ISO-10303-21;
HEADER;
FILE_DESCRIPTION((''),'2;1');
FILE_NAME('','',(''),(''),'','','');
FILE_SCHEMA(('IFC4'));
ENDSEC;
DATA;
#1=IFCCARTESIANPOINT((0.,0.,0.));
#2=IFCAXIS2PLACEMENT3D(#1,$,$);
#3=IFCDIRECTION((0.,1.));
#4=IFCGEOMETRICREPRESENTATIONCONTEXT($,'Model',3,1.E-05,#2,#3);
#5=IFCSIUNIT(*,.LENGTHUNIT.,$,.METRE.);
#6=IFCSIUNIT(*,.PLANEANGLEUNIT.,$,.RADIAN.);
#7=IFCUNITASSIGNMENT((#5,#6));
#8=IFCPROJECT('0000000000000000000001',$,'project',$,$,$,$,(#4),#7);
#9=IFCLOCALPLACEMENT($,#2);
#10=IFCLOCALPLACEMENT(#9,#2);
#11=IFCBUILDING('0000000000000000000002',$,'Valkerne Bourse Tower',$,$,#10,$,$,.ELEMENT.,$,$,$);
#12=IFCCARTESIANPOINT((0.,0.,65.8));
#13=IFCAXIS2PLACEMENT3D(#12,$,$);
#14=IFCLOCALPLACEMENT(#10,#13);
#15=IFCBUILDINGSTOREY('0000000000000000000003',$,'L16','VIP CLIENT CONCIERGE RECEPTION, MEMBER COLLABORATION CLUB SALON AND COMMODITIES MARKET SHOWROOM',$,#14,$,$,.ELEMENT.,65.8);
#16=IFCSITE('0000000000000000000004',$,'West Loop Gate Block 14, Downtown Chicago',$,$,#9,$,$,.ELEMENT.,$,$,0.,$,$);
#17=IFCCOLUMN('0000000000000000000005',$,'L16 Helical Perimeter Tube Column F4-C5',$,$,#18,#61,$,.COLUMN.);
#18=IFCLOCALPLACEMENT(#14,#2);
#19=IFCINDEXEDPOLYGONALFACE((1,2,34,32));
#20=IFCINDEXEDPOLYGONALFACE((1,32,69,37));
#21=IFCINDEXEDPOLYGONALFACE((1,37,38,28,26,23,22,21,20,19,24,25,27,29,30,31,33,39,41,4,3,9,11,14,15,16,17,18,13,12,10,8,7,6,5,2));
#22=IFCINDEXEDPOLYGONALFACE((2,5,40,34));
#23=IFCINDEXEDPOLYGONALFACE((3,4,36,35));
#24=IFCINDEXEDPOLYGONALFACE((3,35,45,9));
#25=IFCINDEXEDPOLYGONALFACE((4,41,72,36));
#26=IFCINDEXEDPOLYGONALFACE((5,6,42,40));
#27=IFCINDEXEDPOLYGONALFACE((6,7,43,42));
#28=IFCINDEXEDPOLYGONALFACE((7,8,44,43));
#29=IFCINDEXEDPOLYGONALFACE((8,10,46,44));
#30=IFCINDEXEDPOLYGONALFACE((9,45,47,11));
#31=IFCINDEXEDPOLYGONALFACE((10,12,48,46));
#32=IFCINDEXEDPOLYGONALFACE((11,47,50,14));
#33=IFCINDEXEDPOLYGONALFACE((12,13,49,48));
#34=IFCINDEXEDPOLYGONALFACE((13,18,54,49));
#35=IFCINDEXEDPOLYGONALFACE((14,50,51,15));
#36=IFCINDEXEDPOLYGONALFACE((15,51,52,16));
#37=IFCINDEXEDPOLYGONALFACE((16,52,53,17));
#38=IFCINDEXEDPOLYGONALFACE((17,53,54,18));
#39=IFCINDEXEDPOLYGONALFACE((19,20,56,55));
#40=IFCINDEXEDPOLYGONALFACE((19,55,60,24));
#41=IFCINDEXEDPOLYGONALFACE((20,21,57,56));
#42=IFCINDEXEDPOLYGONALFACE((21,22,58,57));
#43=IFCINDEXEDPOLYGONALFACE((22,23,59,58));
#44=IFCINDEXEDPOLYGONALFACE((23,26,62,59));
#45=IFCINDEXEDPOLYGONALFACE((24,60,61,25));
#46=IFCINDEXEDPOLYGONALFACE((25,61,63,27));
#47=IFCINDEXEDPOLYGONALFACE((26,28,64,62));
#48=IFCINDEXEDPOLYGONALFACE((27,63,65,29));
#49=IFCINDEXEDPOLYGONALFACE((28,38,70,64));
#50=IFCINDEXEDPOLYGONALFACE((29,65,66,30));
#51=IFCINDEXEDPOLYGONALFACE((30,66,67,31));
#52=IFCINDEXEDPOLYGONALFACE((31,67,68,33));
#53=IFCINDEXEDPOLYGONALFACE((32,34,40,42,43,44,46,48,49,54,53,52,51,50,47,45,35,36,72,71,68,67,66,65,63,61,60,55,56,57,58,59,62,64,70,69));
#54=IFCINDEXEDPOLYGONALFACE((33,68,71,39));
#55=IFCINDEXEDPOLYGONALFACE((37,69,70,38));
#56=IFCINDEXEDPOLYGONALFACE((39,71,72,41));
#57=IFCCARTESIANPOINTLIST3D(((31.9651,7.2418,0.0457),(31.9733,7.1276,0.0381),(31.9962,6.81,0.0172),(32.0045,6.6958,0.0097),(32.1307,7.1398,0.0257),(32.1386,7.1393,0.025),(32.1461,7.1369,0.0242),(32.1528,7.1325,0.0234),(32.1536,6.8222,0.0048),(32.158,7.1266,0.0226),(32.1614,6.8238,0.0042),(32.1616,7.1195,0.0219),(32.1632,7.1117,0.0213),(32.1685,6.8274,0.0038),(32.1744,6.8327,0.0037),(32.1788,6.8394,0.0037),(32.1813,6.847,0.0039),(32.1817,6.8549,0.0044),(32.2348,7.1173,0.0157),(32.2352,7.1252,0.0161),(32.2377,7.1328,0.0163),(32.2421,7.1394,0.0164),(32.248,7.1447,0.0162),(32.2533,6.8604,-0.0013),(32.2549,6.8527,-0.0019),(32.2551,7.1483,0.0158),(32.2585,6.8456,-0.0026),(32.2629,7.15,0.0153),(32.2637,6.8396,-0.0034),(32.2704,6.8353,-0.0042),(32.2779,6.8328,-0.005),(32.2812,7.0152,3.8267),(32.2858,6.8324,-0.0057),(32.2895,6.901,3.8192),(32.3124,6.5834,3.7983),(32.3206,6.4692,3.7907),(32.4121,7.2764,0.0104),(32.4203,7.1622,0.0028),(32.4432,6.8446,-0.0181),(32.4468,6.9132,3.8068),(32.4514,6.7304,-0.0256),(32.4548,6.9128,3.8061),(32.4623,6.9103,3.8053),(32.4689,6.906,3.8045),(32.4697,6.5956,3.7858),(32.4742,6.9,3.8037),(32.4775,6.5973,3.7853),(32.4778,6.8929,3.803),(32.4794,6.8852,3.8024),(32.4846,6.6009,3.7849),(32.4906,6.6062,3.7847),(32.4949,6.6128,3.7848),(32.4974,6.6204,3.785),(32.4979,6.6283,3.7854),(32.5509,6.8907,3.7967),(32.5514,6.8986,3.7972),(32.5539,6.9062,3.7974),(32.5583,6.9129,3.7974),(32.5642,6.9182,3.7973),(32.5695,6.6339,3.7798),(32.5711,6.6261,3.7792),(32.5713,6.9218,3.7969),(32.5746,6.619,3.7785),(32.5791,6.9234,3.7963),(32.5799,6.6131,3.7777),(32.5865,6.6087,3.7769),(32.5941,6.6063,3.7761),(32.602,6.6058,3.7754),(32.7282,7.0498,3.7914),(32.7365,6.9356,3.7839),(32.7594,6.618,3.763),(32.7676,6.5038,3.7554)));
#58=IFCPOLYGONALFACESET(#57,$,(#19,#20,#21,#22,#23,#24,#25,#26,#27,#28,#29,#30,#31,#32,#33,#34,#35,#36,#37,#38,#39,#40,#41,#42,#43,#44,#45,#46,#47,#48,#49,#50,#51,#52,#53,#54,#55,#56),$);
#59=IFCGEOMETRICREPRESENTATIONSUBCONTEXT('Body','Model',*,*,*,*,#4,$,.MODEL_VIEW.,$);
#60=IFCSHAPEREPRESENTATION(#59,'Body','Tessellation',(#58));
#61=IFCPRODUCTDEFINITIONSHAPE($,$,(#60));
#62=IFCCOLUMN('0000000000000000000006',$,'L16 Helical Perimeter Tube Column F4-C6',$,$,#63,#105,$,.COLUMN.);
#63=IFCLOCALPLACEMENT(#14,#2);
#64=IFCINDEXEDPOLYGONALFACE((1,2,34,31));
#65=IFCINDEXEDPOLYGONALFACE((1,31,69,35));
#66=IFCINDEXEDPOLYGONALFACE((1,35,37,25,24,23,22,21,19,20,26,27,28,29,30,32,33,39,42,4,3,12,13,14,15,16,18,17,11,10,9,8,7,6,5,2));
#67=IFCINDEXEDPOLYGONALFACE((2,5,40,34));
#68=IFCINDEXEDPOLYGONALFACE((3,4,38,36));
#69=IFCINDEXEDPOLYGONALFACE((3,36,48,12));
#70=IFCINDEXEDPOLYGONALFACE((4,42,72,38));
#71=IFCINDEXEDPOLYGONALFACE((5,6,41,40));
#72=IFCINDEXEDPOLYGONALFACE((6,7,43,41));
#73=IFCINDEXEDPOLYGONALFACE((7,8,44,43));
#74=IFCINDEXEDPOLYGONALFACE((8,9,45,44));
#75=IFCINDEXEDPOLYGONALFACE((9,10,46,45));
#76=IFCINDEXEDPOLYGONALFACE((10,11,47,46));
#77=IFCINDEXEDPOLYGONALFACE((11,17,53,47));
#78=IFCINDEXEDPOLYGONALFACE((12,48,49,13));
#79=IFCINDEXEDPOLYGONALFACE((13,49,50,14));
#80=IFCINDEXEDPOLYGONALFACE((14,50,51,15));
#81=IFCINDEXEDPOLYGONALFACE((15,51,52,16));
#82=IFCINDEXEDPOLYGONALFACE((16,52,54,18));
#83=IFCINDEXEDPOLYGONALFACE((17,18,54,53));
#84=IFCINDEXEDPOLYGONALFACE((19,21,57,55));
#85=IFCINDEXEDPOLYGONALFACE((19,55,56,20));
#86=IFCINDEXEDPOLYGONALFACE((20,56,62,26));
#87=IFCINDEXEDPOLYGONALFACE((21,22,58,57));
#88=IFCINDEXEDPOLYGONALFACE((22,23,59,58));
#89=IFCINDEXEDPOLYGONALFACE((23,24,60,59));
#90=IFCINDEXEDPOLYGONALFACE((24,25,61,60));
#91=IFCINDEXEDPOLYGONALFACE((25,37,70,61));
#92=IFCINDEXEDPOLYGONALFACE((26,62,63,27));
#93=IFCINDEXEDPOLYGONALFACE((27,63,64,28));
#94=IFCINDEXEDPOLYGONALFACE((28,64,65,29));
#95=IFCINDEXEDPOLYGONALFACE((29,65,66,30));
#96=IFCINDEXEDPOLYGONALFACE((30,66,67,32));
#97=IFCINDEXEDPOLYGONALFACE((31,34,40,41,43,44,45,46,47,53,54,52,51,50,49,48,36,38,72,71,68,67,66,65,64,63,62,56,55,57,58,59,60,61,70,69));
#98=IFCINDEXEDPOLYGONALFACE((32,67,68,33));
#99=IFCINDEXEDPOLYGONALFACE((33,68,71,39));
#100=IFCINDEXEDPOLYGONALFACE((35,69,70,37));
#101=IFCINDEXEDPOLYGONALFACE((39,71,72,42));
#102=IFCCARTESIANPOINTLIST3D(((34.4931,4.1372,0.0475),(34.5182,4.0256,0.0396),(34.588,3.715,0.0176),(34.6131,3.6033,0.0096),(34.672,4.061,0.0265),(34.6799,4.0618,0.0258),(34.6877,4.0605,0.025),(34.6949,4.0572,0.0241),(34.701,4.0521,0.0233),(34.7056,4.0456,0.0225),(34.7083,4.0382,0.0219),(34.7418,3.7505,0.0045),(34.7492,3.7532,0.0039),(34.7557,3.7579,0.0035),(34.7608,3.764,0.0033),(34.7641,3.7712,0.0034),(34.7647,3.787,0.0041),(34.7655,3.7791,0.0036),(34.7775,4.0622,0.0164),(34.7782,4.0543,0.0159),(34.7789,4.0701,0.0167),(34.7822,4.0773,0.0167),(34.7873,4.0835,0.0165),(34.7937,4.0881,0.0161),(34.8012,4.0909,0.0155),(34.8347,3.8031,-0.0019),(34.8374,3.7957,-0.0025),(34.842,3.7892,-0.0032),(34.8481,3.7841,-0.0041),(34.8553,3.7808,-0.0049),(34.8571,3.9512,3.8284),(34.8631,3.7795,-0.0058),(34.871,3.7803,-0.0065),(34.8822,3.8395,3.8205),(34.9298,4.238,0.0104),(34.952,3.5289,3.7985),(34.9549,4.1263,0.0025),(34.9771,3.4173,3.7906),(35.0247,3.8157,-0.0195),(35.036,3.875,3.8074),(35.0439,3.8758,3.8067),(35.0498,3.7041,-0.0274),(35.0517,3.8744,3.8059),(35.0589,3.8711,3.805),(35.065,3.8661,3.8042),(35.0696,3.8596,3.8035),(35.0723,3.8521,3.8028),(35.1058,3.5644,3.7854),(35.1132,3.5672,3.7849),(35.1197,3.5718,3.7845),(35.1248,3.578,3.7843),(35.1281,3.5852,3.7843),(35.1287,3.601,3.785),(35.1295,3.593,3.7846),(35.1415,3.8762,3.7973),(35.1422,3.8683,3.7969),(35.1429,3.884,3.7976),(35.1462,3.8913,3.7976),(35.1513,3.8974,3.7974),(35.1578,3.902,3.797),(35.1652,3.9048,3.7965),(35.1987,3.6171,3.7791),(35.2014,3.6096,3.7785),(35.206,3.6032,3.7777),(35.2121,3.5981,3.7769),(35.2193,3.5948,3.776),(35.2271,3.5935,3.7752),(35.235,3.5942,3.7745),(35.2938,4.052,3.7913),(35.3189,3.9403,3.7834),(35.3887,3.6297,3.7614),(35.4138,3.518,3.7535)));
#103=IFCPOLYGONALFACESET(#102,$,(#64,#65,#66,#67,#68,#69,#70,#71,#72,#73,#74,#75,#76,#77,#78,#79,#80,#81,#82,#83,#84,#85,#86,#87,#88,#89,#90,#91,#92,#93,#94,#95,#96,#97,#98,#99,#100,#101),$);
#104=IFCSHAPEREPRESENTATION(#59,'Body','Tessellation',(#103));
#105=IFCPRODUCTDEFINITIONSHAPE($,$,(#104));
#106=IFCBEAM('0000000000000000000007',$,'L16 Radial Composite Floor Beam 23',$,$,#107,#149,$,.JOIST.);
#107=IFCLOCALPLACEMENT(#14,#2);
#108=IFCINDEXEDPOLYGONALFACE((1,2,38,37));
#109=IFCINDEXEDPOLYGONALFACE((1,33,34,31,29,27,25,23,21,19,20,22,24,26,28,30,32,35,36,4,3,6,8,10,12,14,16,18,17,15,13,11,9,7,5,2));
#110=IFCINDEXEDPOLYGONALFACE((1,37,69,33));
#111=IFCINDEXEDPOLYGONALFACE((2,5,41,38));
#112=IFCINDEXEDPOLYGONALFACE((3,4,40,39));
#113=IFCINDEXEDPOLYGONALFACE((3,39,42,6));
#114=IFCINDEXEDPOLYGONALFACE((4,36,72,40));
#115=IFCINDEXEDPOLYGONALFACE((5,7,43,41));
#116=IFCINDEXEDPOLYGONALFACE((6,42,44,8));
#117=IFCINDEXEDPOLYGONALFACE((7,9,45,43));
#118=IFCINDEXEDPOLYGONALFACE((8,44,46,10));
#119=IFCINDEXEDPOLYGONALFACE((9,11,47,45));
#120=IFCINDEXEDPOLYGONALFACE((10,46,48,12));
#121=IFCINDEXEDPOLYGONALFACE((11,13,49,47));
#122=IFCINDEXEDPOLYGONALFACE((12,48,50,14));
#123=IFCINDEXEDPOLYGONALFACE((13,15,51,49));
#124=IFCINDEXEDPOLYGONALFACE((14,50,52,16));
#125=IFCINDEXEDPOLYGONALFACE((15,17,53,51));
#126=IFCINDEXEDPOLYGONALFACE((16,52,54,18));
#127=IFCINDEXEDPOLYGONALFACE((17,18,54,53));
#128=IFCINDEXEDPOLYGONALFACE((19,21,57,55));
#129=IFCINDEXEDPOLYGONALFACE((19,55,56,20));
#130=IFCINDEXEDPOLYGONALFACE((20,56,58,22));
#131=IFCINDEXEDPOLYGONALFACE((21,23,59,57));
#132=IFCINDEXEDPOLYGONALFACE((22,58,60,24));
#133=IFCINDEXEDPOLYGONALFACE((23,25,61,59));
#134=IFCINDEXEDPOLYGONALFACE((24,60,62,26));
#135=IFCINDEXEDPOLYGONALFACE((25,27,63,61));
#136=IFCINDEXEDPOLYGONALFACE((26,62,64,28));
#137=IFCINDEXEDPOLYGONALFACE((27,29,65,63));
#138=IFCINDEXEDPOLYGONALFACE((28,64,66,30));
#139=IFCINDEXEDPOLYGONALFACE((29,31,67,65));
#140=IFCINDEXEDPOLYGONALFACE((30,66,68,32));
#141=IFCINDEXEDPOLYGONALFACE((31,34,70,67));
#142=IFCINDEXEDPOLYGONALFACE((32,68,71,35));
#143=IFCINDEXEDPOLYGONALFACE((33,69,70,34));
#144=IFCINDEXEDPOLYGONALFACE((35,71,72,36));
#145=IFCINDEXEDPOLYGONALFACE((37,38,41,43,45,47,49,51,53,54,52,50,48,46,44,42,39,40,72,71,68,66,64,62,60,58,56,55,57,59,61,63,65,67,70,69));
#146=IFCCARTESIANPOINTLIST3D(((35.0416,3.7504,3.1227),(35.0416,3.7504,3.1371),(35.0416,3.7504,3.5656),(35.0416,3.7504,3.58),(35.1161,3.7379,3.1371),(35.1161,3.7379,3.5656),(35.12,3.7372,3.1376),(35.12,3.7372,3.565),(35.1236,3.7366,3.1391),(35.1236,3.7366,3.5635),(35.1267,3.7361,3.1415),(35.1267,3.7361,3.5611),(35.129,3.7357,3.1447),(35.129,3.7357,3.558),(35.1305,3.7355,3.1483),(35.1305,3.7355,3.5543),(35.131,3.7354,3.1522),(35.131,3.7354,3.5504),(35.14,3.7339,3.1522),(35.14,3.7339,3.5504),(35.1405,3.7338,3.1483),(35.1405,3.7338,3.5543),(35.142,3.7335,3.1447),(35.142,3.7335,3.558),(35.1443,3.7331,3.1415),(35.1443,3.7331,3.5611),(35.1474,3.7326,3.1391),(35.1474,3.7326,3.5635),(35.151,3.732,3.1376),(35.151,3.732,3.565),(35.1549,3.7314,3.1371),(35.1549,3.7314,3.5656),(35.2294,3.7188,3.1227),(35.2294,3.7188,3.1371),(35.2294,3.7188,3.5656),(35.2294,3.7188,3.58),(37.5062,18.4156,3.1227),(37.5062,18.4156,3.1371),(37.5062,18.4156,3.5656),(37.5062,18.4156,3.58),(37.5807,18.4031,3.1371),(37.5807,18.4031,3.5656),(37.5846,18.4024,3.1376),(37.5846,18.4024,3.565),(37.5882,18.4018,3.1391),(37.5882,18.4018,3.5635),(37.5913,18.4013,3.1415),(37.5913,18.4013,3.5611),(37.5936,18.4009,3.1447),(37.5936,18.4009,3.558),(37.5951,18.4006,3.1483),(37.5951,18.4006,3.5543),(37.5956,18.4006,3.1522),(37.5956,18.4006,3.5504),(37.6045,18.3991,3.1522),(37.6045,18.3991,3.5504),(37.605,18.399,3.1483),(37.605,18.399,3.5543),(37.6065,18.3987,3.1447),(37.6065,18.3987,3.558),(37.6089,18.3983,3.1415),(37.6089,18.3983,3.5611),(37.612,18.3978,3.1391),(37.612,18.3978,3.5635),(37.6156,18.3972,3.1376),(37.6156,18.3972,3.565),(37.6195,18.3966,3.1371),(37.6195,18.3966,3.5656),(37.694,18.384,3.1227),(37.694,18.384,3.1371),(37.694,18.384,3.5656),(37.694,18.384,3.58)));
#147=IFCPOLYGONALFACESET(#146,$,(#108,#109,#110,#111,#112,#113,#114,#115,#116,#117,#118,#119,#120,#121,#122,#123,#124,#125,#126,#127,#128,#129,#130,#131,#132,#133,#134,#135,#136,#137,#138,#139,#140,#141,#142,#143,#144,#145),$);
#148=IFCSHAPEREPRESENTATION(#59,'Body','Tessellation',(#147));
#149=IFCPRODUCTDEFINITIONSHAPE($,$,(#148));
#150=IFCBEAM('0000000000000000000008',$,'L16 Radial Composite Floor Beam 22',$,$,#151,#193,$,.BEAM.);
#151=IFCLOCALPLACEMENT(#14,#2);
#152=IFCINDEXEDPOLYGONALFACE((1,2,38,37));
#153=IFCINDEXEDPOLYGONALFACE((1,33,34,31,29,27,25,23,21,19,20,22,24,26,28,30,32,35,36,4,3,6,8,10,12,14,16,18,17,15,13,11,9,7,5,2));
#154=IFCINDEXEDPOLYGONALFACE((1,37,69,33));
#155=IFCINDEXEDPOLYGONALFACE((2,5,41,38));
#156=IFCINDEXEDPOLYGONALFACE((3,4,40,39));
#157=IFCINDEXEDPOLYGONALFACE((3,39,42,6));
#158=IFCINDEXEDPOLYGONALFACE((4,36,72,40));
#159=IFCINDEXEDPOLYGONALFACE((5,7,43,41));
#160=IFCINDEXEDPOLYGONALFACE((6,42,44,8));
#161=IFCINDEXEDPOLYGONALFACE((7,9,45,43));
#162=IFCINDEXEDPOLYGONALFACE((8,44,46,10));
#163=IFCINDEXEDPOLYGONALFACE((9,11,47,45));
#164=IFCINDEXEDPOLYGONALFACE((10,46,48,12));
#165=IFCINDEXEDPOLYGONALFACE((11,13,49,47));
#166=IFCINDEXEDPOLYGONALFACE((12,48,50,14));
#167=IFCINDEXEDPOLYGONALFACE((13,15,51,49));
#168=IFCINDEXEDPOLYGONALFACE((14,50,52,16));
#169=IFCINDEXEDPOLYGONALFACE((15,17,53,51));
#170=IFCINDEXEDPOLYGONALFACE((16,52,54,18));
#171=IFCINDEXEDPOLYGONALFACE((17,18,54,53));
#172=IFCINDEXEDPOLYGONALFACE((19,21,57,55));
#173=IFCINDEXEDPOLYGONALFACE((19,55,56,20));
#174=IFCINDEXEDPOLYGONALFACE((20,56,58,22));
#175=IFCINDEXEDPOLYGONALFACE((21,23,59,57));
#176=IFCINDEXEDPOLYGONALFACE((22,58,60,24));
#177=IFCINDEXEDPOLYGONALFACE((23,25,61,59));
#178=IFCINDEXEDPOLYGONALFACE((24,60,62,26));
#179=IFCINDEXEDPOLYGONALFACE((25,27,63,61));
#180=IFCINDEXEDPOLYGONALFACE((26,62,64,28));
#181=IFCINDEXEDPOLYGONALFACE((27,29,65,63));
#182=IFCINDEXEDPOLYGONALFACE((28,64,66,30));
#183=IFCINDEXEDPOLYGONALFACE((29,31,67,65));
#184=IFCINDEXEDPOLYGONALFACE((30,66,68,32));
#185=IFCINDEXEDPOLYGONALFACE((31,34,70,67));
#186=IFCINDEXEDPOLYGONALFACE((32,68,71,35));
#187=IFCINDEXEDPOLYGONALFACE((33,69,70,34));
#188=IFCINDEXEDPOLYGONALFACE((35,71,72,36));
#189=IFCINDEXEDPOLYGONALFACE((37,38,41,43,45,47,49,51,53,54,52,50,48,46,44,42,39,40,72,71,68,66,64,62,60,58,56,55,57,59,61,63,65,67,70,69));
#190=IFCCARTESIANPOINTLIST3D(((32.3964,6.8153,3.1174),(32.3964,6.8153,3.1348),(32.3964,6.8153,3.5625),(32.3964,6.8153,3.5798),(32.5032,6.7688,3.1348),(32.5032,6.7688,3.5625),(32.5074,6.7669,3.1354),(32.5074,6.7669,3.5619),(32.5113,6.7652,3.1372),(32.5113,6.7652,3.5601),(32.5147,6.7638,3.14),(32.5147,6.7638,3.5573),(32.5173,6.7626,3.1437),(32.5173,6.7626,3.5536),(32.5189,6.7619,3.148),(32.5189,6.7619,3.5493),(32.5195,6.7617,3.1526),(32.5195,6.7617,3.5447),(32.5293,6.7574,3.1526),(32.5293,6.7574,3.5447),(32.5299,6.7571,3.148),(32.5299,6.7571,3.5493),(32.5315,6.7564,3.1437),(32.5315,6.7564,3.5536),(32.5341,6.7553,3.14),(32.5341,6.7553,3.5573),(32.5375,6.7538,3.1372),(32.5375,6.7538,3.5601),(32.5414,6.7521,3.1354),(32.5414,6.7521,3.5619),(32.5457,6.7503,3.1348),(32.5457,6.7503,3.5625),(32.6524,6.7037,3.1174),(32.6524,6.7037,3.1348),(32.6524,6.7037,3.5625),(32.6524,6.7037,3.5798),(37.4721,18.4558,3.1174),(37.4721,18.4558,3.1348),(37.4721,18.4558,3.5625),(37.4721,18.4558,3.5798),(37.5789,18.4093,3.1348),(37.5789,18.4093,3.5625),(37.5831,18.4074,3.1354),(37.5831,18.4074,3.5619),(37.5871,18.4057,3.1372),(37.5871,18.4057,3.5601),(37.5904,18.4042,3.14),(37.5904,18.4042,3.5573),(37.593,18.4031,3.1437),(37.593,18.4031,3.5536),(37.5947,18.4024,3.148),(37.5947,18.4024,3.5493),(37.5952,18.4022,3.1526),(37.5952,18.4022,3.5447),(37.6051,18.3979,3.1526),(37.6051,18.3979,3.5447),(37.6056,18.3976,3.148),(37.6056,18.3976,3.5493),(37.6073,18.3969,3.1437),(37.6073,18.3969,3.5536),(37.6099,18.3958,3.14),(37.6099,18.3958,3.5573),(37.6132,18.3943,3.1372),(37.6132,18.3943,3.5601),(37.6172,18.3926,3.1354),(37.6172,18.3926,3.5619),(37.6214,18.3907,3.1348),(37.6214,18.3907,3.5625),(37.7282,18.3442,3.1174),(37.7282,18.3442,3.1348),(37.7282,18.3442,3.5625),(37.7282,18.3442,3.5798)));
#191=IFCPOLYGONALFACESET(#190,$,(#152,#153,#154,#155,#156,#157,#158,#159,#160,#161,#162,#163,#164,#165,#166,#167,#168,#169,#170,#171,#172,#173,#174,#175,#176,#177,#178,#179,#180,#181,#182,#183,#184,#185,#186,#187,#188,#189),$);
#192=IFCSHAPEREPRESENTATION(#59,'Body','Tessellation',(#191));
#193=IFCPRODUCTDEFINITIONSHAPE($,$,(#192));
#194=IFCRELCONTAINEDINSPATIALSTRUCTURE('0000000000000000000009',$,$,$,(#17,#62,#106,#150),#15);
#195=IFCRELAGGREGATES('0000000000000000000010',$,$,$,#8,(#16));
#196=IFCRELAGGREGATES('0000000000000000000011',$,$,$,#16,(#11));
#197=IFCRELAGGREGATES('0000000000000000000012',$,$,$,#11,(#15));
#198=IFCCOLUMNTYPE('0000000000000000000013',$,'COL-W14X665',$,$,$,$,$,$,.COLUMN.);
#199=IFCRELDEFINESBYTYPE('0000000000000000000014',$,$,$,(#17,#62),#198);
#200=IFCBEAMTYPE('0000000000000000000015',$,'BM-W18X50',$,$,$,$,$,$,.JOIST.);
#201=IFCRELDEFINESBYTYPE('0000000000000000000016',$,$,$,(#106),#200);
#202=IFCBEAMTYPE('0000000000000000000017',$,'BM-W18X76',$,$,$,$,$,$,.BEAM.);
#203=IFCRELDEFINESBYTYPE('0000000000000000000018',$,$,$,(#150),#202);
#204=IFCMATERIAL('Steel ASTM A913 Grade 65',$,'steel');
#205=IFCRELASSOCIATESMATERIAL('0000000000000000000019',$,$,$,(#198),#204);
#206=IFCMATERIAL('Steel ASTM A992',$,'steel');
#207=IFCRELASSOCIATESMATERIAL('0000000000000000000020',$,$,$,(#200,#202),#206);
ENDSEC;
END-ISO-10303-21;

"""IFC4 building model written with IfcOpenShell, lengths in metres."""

from ifc_helpers import new_model, si_unit, direction, frame, origin, origin_2d, place, context, subcontext, project, spatial, i_section, extrude, material, material_profile, profile_set, type_object, element, save


model = new_model("IFC4")

# Units and contexts
model_context = context("Model", 3, precision=1e-05, world=origin(), true_north=direction((0.0, 1.0)))
body_context = subcontext(model_context, "Body", "Model", "MODEL_VIEW")
ifc_project = project(units=[si_unit("LENGTHUNIT", "METRE"), si_unit("PLANEANGLEUNIT", "RADIAN")], contexts=[model_context])

# Site, building, storey
site_placement = place(None, origin())
site = spatial("IfcSite", under=ifc_project, at=site_placement, Name="West Loop Gate Block 14, Downtown Chicago", CompositionType="ELEMENT", RefElevation=0.0)
building_placement = place(site_placement, origin())
building = spatial("IfcBuilding", under=site, at=building_placement, Name="Valkerne Bourse Tower", CompositionType="ELEMENT")
storey_placement = place(building_placement, frame((0.0, 0.0, 65.8)))
storey = spatial("IfcBuildingStorey", under=building, at=storey_placement, Name="L16", Description="VIP CLIENT CONCIERGE RECEPTION, MEMBER COLLABORATION CLUB SALON AND COMMODITIES MARKET SHOWROOM", CompositionType="ELEMENT", Elevation=65.8)

# Columns
ifc_material_1 = material(Name="Steel ASTM A913 Grade 65", Category="steel")
ifc_material_profile_1 = material_profile(ifc_material_1, i_section(OverallWidth=0.4497, OverallDepth=0.5486, WebThickness=0.072, FlangeThickness=0.1147, FilletRadius=0.0305, at=origin_2d()), Name="W14X665")
ifc_profile_set_1 = profile_set([ifc_material_profile_1], Name="Steel ASTM A913 Grade 65")
column_type = type_object("IfcColumnType", Name="COL-W14X665", PredefinedType="COLUMN", material=ifc_profile_set_1)
column_1_placement = place(storey_placement, frame((32.2083, 6.9861, 0.01), z_axis=(0.08318, -0.059607, 0.99475), x_axis=(0.993945, 0.076881, -0.078505)))
element("IfcColumn", 1, at=column_1_placement, inside=storey, type_object=column_type, Name="L16 Helical Perimeter Tube Column F4-C5", PredefinedType="COLUMN", context=body_context, shape_type="SweptSolid", body=[
    extrude(i_section(OverallWidth=0.4497, OverallDepth=0.5486, WebThickness=0.072, FlangeThickness=0.1147, FilletRadius=0.0305, at=origin_2d()), origin(), (0.0, 0.0, 1.0), 3.801),
])
column_2_placement = place(storey_placement, frame((34.7715, 3.9207, 0.01), z_axis=(0.095716, -0.048917, 0.994206), x_axis=(0.971075, 0.224081, -0.082464)))
element("IfcColumn", 2, at=column_2_placement, inside=storey, type_object=column_type, Name="L16 Helical Perimeter Tube Column F4-C6", PredefinedType="COLUMN", context=body_context, shape_type="SweptSolid", body=[
    extrude(i_section(OverallWidth=0.4497, OverallDepth=0.5486, WebThickness=0.072, FlangeThickness=0.1147, FilletRadius=0.0305, at=origin_2d()), origin(), (0.0, 0.0, 1.0), 3.803),
])

# Beams
ifc_material_2 = material(Name="Steel ASTM A992", Category="steel")
ifc_material_profile_2 = material_profile(ifc_material_2, i_section(OverallWidth=0.1904, OverallDepth=0.4573, WebThickness=0.009, FlangeThickness=0.0144, FilletRadius=0.0151, at=origin_2d()), Name="W18X50")
ifc_profile_set_2 = profile_set([ifc_material_profile_2], Name="Steel ASTM A992")
beam_type_1 = type_object("IfcBeamType", Name="BM-W18X50", PredefinedType="JOIST", material=ifc_profile_set_2)
beam_1_placement = place(storey_placement, frame((35.1355, 3.7346, 3.3513), z_axis=(0.165733, 0.986171, 0.0), x_axis=(-0.986171, 0.165733, 0.0)))
element("IfcBeam", 3, at=beam_1_placement, inside=storey, type_object=beam_type_1, Name="L16 Radial Composite Floor Beam 23", PredefinedType="JOIST", context=body_context, shape_type="SweptSolid", body=[
    extrude(i_section(OverallWidth=0.1904, OverallDepth=0.4573, WebThickness=0.009, FlangeThickness=0.0144, FilletRadius=0.0151, at=origin_2d()), origin(), (0.0, 0.0, 1.0), 14.8708),
])
ifc_material_profile_3 = material_profile(ifc_material_2, i_section(OverallWidth=0.2793, OverallDepth=0.4624, WebThickness=0.0107, FlangeThickness=0.0173, FilletRadius=0.0178, at=origin_2d()), Name="W18X76")
ifc_profile_set_3 = profile_set([ifc_material_profile_3], Name="Steel ASTM A992")
beam_type_2 = type_object("IfcBeamType", Name="BM-W18X76", PredefinedType="BEAM", material=ifc_profile_set_3)
beam_2_placement = place(storey_placement, frame((32.5244, 6.7595, 3.3486), z_axis=(0.399696, 0.916648, 0.0), x_axis=(-0.916648, 0.399696, 0.0)))
element("IfcBeam", 4, at=beam_2_placement, inside=storey, type_object=beam_type_2, Name="L16 Radial Composite Floor Beam 22", PredefinedType="BEAM", context=body_context, shape_type="SweptSolid", body=[
    extrude(i_section(OverallWidth=0.2793, OverallDepth=0.4624, WebThickness=0.0107, FlangeThickness=0.0173, FilletRadius=0.0178, at=origin_2d()), origin(), (0.0, 0.0, 1.0), 12.699),
])

save(model, "model.ifc")
